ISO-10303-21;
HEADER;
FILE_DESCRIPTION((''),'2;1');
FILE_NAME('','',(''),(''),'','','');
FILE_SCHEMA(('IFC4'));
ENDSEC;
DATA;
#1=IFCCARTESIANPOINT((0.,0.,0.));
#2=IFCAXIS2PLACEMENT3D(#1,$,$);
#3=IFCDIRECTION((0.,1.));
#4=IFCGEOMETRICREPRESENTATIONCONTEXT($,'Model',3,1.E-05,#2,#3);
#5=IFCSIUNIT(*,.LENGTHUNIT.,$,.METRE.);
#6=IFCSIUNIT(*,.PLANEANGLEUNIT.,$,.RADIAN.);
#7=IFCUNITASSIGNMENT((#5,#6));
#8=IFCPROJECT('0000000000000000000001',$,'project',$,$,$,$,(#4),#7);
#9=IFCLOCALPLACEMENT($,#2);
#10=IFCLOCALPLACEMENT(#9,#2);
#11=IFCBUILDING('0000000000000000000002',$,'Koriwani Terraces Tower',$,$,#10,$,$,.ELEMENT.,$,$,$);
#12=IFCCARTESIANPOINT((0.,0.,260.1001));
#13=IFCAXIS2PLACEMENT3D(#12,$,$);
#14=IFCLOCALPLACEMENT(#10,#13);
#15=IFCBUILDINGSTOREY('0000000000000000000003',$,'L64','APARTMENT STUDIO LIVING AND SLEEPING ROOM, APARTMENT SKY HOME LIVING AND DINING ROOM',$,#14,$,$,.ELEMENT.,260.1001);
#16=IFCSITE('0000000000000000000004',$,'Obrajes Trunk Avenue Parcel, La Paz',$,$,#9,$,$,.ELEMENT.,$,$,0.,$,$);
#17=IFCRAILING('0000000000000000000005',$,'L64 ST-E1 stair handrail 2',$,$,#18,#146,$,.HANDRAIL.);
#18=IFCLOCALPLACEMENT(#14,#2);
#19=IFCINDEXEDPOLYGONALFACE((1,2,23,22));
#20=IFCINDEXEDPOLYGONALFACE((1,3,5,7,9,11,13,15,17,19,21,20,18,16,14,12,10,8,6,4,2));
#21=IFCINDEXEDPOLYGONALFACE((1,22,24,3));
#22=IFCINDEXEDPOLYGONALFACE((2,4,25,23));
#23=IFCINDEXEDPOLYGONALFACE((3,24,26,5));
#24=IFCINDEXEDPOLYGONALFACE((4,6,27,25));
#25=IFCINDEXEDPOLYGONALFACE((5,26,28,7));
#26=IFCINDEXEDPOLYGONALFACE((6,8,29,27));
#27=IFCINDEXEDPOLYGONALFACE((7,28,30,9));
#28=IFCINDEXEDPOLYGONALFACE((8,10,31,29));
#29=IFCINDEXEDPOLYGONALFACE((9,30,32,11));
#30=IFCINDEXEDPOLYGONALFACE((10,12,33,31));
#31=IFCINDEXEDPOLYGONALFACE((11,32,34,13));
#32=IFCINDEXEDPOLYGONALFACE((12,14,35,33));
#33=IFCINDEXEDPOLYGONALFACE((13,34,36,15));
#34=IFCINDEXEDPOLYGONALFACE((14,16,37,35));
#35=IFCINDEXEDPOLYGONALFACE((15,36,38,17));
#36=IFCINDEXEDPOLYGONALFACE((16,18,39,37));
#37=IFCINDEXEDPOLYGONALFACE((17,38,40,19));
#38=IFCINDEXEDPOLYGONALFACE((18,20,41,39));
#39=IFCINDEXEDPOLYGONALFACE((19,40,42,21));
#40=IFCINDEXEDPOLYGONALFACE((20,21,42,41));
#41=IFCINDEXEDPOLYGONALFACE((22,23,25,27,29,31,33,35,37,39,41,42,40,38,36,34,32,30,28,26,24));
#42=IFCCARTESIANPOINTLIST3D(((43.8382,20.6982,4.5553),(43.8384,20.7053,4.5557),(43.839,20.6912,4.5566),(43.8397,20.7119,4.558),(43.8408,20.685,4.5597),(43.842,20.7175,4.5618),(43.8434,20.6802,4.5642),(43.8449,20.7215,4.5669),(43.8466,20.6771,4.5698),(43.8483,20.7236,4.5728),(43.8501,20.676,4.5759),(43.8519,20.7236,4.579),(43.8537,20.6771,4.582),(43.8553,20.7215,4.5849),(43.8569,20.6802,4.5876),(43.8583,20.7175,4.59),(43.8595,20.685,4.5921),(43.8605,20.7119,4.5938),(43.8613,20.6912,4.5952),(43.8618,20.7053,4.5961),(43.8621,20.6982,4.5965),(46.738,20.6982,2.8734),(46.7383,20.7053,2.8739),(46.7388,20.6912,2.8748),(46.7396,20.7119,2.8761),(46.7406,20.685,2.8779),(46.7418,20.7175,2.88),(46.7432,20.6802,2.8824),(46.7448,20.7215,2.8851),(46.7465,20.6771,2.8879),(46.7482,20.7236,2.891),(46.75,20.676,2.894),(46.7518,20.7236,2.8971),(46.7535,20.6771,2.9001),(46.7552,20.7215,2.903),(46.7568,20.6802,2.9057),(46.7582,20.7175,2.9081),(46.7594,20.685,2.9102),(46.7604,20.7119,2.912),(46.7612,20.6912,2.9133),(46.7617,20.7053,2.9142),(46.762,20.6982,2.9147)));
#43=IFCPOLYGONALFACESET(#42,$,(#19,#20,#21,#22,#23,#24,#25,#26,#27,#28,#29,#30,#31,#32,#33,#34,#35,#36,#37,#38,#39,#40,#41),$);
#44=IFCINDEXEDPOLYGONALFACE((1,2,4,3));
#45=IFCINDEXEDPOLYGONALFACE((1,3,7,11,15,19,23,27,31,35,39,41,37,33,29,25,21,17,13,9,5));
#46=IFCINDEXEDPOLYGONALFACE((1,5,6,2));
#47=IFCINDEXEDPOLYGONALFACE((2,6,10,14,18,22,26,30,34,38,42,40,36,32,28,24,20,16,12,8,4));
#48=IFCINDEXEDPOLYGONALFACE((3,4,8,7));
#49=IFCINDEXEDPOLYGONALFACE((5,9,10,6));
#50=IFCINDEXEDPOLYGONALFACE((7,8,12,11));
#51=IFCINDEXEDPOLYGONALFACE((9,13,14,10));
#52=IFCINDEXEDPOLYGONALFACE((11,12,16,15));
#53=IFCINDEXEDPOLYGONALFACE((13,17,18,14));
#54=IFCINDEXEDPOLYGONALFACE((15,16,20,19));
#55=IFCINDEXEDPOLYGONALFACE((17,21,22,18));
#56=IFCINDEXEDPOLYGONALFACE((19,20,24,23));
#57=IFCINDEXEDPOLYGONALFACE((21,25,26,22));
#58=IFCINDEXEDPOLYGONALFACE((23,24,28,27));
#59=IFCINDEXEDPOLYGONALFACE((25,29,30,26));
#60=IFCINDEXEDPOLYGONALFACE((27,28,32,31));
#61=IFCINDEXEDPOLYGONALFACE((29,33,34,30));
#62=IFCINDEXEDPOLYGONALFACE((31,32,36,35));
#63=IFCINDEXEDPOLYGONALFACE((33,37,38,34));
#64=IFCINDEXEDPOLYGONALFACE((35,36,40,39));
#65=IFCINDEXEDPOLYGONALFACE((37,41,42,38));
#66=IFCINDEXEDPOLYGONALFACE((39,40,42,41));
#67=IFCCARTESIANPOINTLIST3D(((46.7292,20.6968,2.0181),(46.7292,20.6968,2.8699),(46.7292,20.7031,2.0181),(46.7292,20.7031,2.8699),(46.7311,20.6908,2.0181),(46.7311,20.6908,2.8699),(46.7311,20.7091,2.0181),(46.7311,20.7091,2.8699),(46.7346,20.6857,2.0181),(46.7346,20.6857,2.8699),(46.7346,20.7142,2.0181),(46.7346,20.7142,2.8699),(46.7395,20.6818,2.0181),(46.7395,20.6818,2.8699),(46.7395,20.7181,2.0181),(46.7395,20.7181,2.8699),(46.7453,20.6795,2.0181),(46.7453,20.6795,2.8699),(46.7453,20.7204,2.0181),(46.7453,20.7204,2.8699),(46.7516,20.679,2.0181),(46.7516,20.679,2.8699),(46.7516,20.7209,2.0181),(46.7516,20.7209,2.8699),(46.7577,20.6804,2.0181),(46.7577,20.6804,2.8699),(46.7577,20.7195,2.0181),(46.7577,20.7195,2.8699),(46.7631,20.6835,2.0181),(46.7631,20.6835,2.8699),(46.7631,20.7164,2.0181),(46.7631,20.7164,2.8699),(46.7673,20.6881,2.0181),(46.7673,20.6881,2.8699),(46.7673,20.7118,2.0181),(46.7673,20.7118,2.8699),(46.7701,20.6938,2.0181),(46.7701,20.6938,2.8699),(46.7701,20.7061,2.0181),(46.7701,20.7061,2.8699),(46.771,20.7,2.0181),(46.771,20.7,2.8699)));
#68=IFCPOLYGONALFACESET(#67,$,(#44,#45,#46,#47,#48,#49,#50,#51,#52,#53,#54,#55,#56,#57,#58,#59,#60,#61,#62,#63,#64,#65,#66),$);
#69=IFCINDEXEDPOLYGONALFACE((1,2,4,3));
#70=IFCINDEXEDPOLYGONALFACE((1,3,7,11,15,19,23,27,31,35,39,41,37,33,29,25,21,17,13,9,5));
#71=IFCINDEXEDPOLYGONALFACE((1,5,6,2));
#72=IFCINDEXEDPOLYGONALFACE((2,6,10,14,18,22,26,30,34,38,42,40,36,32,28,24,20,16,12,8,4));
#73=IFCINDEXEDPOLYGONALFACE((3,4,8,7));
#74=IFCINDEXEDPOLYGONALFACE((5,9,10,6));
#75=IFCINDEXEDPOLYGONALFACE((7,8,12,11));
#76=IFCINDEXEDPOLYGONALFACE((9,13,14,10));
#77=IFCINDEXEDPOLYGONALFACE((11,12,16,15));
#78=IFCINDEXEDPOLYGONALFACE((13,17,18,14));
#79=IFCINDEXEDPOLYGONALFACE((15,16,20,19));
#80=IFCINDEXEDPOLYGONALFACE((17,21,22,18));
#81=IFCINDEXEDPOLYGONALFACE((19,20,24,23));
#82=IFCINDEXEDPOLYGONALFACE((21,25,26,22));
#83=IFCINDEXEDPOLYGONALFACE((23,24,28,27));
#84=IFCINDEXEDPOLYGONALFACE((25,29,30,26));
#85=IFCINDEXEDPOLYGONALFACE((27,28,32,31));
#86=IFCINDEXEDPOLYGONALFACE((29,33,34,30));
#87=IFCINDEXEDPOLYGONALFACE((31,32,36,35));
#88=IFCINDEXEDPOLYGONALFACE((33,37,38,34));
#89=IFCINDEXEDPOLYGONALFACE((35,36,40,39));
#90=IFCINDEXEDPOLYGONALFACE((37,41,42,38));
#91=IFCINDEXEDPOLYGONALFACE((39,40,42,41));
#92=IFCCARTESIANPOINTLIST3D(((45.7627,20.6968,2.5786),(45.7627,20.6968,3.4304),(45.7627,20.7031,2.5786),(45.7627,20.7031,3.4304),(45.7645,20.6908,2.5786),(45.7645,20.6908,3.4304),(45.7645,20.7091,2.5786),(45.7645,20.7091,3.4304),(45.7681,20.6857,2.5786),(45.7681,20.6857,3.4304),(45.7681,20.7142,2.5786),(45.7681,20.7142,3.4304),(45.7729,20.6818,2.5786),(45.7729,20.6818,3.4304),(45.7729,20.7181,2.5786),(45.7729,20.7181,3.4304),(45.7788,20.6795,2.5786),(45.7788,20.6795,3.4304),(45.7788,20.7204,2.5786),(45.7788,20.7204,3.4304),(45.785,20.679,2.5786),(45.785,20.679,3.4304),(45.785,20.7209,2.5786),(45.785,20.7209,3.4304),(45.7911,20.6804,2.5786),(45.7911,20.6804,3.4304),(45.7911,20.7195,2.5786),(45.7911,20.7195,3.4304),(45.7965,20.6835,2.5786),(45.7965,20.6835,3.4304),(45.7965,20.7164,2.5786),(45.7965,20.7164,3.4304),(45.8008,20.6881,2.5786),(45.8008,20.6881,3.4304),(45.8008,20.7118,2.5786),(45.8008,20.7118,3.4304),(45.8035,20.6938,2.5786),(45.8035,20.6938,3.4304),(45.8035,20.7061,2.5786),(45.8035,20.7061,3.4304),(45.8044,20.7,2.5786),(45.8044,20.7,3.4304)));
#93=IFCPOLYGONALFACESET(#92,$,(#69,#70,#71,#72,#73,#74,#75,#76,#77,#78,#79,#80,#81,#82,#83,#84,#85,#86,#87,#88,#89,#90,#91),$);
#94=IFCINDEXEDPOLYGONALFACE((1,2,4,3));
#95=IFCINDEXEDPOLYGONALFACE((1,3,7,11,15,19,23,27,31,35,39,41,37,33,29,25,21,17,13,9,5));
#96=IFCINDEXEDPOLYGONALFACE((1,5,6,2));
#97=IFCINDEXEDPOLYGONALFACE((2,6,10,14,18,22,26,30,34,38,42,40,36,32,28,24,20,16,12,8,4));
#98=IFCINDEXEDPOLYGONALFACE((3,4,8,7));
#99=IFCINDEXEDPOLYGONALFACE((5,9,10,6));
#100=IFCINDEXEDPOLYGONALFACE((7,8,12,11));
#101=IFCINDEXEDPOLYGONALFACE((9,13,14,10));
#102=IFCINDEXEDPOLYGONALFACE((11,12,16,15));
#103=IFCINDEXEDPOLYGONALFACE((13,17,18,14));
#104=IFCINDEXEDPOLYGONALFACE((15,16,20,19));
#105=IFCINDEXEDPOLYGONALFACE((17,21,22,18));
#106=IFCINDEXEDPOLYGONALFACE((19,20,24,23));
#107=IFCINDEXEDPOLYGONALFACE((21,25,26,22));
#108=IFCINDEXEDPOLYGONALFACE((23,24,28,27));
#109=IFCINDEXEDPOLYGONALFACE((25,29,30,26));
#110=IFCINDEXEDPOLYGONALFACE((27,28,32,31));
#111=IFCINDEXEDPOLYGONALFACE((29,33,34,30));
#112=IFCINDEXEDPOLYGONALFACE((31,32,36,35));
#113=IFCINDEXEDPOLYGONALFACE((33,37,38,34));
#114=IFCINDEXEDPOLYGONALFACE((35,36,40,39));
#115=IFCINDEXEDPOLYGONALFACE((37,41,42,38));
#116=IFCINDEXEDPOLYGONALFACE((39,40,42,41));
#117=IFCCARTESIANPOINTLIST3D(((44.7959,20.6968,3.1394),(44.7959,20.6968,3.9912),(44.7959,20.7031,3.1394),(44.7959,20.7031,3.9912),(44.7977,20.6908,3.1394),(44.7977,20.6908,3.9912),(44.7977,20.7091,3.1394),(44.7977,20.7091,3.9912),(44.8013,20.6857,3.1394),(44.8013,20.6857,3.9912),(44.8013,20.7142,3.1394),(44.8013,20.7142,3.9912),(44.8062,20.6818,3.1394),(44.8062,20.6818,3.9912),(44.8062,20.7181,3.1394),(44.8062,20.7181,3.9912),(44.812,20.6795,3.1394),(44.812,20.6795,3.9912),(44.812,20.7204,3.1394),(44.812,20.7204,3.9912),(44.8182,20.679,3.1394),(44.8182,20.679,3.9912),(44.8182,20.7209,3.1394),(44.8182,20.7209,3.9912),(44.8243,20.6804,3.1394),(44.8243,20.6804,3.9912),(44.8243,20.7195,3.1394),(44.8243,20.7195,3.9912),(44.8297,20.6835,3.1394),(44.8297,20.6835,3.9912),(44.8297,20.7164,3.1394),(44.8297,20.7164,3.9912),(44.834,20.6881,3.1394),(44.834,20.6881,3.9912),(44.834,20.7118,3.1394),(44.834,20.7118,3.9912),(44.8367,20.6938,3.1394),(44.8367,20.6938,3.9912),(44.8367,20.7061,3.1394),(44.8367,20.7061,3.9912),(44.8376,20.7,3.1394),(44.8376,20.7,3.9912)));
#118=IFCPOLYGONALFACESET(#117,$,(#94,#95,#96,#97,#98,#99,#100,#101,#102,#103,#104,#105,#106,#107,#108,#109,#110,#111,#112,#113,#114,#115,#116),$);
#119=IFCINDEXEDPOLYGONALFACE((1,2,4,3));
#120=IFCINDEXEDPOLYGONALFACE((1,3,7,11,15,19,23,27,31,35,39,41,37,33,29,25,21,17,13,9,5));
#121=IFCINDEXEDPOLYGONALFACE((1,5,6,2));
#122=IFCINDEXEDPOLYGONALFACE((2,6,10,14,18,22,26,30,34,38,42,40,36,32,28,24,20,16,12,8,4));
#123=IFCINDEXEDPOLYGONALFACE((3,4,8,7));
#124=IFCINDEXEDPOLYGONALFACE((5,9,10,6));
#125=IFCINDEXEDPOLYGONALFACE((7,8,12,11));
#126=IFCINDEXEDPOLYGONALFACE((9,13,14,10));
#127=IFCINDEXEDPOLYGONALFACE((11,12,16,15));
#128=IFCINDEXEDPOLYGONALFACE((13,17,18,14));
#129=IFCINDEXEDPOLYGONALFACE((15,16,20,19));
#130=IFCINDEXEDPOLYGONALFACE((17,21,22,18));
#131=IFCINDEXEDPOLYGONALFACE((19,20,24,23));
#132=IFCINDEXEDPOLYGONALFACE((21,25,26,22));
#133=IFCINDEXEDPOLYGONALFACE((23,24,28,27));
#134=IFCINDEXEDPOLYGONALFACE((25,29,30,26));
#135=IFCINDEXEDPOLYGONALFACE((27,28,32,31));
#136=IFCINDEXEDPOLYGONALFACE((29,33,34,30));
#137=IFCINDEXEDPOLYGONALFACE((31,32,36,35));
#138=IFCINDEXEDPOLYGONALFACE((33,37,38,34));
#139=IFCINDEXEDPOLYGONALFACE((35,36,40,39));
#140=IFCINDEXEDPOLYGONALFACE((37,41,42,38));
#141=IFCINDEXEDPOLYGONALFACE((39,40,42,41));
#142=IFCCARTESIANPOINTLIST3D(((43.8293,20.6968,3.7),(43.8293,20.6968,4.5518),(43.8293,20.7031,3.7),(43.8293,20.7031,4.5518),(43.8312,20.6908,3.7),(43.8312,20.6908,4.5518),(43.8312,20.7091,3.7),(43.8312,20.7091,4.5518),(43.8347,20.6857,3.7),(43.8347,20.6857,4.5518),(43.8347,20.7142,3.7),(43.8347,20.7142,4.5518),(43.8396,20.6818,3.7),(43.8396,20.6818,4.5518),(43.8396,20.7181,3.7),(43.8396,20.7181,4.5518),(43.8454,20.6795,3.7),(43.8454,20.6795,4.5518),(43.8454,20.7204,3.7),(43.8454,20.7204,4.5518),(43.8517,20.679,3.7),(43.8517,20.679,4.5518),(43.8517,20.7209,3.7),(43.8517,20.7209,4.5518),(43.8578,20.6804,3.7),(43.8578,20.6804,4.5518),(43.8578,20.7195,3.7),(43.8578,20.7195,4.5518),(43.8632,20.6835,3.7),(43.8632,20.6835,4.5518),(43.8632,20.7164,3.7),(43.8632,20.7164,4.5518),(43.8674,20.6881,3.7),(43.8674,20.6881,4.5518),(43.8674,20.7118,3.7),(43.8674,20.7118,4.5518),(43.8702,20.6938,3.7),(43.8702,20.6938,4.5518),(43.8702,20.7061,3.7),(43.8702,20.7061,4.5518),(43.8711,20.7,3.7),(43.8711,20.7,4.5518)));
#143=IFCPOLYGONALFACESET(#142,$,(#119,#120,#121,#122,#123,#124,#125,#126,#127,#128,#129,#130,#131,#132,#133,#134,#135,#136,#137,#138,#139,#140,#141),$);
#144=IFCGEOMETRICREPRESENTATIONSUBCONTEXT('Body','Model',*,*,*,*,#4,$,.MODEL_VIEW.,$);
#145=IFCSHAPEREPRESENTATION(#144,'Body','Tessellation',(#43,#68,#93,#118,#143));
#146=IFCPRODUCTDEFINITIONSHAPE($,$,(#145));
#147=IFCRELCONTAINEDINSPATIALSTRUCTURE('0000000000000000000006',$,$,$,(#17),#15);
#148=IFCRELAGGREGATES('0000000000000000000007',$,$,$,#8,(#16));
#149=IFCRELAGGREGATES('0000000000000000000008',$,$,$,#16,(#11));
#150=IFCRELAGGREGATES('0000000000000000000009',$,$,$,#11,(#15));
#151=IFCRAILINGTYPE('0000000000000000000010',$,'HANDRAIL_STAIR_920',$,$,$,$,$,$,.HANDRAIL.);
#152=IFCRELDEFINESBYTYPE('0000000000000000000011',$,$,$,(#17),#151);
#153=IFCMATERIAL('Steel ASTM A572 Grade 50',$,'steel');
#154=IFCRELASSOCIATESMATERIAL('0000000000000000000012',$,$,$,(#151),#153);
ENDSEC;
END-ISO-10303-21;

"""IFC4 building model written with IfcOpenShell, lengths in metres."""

from ifc_helpers import new_model, si_unit, direction, frame, origin, origin_2d, place, context, subcontext, project, spatial, circle, extrude, material, type_object, element, save


model = new_model("IFC4")

# Units and contexts
model_context = context("Model", 3, precision=1e-05, world=origin(), true_north=direction((0.0, 1.0)))
body_context = subcontext(model_context, "Body", "Model", "MODEL_VIEW")
ifc_project = project(units=[si_unit("LENGTHUNIT", "METRE"), si_unit("PLANEANGLEUNIT", "RADIAN")], contexts=[model_context])

# Site, building, storey
site_placement = place(None, origin())
site = spatial("IfcSite", under=ifc_project, at=site_placement, Name="Obrajes Trunk Avenue Parcel, La Paz", CompositionType="ELEMENT", RefElevation=0.0)
building_placement = place(site_placement, origin())
building = spatial("IfcBuilding", under=site, at=building_placement, Name="Koriwani Terraces Tower", CompositionType="ELEMENT")
storey_placement = place(building_placement, frame((0.0, 0.0, 260.1001)))
storey = spatial("IfcBuildingStorey", under=building, at=storey_placement, Name="L64", Description="APARTMENT STUDIO LIVING AND SLEEPING ROOM, APARTMENT SKY HOME LIVING AND DINING ROOM", CompositionType="ELEMENT", Elevation=260.1001)

# Shared definitions
ifc_material_1 = material(Name="Steel ASTM A572 Grade 50", Category="steel")

# Railing
railing_type_1 = type_object("IfcRailingType", Name="HANDRAIL_STAIR_920", PredefinedType="HANDRAIL", material=ifc_material_1)
for number, where, name in (
    (1, (46.75, 20.7, 2.0181), "L64 ST-E1 stair handrail 2"),
):
    element("IfcRailing", number, at=place(storey_placement, frame(where)), inside=storey, type_object=railing_type_1, Name=name, PredefinedType="HANDRAIL", context=body_context, shape_type="SweptSolid", body=[
        extrude(circle(Radius=0.0239, at=origin_2d()), frame((0.0, 0.0, 0.876), z_axis=(-0.865039, 0.0, 0.501705), x_axis=(0.0, -1.0, 0.0)), (0.0, 0.0, 1.0), 3.3523),
        extrude(circle(Radius=0.021, at=origin_2d()), origin(), (0.0, 0.0, 1.0), 0.8518),
        extrude(circle(Radius=0.021, at=origin_2d()), frame((-0.9666, 0.0, 0.5605)), (0.0, 0.0, 1.0), 0.8518),
        extrude(circle(Radius=0.021, at=origin_2d()), frame((-1.9333, 0.0, 1.1213)), (0.0, 0.0, 1.0), 0.8518),
        extrude(circle(Radius=0.021, at=origin_2d()), frame((-2.8999, 0.0, 1.6819)), (0.0, 0.0, 1.0), 0.8518),
    ])

save(model, "model.ifc")
